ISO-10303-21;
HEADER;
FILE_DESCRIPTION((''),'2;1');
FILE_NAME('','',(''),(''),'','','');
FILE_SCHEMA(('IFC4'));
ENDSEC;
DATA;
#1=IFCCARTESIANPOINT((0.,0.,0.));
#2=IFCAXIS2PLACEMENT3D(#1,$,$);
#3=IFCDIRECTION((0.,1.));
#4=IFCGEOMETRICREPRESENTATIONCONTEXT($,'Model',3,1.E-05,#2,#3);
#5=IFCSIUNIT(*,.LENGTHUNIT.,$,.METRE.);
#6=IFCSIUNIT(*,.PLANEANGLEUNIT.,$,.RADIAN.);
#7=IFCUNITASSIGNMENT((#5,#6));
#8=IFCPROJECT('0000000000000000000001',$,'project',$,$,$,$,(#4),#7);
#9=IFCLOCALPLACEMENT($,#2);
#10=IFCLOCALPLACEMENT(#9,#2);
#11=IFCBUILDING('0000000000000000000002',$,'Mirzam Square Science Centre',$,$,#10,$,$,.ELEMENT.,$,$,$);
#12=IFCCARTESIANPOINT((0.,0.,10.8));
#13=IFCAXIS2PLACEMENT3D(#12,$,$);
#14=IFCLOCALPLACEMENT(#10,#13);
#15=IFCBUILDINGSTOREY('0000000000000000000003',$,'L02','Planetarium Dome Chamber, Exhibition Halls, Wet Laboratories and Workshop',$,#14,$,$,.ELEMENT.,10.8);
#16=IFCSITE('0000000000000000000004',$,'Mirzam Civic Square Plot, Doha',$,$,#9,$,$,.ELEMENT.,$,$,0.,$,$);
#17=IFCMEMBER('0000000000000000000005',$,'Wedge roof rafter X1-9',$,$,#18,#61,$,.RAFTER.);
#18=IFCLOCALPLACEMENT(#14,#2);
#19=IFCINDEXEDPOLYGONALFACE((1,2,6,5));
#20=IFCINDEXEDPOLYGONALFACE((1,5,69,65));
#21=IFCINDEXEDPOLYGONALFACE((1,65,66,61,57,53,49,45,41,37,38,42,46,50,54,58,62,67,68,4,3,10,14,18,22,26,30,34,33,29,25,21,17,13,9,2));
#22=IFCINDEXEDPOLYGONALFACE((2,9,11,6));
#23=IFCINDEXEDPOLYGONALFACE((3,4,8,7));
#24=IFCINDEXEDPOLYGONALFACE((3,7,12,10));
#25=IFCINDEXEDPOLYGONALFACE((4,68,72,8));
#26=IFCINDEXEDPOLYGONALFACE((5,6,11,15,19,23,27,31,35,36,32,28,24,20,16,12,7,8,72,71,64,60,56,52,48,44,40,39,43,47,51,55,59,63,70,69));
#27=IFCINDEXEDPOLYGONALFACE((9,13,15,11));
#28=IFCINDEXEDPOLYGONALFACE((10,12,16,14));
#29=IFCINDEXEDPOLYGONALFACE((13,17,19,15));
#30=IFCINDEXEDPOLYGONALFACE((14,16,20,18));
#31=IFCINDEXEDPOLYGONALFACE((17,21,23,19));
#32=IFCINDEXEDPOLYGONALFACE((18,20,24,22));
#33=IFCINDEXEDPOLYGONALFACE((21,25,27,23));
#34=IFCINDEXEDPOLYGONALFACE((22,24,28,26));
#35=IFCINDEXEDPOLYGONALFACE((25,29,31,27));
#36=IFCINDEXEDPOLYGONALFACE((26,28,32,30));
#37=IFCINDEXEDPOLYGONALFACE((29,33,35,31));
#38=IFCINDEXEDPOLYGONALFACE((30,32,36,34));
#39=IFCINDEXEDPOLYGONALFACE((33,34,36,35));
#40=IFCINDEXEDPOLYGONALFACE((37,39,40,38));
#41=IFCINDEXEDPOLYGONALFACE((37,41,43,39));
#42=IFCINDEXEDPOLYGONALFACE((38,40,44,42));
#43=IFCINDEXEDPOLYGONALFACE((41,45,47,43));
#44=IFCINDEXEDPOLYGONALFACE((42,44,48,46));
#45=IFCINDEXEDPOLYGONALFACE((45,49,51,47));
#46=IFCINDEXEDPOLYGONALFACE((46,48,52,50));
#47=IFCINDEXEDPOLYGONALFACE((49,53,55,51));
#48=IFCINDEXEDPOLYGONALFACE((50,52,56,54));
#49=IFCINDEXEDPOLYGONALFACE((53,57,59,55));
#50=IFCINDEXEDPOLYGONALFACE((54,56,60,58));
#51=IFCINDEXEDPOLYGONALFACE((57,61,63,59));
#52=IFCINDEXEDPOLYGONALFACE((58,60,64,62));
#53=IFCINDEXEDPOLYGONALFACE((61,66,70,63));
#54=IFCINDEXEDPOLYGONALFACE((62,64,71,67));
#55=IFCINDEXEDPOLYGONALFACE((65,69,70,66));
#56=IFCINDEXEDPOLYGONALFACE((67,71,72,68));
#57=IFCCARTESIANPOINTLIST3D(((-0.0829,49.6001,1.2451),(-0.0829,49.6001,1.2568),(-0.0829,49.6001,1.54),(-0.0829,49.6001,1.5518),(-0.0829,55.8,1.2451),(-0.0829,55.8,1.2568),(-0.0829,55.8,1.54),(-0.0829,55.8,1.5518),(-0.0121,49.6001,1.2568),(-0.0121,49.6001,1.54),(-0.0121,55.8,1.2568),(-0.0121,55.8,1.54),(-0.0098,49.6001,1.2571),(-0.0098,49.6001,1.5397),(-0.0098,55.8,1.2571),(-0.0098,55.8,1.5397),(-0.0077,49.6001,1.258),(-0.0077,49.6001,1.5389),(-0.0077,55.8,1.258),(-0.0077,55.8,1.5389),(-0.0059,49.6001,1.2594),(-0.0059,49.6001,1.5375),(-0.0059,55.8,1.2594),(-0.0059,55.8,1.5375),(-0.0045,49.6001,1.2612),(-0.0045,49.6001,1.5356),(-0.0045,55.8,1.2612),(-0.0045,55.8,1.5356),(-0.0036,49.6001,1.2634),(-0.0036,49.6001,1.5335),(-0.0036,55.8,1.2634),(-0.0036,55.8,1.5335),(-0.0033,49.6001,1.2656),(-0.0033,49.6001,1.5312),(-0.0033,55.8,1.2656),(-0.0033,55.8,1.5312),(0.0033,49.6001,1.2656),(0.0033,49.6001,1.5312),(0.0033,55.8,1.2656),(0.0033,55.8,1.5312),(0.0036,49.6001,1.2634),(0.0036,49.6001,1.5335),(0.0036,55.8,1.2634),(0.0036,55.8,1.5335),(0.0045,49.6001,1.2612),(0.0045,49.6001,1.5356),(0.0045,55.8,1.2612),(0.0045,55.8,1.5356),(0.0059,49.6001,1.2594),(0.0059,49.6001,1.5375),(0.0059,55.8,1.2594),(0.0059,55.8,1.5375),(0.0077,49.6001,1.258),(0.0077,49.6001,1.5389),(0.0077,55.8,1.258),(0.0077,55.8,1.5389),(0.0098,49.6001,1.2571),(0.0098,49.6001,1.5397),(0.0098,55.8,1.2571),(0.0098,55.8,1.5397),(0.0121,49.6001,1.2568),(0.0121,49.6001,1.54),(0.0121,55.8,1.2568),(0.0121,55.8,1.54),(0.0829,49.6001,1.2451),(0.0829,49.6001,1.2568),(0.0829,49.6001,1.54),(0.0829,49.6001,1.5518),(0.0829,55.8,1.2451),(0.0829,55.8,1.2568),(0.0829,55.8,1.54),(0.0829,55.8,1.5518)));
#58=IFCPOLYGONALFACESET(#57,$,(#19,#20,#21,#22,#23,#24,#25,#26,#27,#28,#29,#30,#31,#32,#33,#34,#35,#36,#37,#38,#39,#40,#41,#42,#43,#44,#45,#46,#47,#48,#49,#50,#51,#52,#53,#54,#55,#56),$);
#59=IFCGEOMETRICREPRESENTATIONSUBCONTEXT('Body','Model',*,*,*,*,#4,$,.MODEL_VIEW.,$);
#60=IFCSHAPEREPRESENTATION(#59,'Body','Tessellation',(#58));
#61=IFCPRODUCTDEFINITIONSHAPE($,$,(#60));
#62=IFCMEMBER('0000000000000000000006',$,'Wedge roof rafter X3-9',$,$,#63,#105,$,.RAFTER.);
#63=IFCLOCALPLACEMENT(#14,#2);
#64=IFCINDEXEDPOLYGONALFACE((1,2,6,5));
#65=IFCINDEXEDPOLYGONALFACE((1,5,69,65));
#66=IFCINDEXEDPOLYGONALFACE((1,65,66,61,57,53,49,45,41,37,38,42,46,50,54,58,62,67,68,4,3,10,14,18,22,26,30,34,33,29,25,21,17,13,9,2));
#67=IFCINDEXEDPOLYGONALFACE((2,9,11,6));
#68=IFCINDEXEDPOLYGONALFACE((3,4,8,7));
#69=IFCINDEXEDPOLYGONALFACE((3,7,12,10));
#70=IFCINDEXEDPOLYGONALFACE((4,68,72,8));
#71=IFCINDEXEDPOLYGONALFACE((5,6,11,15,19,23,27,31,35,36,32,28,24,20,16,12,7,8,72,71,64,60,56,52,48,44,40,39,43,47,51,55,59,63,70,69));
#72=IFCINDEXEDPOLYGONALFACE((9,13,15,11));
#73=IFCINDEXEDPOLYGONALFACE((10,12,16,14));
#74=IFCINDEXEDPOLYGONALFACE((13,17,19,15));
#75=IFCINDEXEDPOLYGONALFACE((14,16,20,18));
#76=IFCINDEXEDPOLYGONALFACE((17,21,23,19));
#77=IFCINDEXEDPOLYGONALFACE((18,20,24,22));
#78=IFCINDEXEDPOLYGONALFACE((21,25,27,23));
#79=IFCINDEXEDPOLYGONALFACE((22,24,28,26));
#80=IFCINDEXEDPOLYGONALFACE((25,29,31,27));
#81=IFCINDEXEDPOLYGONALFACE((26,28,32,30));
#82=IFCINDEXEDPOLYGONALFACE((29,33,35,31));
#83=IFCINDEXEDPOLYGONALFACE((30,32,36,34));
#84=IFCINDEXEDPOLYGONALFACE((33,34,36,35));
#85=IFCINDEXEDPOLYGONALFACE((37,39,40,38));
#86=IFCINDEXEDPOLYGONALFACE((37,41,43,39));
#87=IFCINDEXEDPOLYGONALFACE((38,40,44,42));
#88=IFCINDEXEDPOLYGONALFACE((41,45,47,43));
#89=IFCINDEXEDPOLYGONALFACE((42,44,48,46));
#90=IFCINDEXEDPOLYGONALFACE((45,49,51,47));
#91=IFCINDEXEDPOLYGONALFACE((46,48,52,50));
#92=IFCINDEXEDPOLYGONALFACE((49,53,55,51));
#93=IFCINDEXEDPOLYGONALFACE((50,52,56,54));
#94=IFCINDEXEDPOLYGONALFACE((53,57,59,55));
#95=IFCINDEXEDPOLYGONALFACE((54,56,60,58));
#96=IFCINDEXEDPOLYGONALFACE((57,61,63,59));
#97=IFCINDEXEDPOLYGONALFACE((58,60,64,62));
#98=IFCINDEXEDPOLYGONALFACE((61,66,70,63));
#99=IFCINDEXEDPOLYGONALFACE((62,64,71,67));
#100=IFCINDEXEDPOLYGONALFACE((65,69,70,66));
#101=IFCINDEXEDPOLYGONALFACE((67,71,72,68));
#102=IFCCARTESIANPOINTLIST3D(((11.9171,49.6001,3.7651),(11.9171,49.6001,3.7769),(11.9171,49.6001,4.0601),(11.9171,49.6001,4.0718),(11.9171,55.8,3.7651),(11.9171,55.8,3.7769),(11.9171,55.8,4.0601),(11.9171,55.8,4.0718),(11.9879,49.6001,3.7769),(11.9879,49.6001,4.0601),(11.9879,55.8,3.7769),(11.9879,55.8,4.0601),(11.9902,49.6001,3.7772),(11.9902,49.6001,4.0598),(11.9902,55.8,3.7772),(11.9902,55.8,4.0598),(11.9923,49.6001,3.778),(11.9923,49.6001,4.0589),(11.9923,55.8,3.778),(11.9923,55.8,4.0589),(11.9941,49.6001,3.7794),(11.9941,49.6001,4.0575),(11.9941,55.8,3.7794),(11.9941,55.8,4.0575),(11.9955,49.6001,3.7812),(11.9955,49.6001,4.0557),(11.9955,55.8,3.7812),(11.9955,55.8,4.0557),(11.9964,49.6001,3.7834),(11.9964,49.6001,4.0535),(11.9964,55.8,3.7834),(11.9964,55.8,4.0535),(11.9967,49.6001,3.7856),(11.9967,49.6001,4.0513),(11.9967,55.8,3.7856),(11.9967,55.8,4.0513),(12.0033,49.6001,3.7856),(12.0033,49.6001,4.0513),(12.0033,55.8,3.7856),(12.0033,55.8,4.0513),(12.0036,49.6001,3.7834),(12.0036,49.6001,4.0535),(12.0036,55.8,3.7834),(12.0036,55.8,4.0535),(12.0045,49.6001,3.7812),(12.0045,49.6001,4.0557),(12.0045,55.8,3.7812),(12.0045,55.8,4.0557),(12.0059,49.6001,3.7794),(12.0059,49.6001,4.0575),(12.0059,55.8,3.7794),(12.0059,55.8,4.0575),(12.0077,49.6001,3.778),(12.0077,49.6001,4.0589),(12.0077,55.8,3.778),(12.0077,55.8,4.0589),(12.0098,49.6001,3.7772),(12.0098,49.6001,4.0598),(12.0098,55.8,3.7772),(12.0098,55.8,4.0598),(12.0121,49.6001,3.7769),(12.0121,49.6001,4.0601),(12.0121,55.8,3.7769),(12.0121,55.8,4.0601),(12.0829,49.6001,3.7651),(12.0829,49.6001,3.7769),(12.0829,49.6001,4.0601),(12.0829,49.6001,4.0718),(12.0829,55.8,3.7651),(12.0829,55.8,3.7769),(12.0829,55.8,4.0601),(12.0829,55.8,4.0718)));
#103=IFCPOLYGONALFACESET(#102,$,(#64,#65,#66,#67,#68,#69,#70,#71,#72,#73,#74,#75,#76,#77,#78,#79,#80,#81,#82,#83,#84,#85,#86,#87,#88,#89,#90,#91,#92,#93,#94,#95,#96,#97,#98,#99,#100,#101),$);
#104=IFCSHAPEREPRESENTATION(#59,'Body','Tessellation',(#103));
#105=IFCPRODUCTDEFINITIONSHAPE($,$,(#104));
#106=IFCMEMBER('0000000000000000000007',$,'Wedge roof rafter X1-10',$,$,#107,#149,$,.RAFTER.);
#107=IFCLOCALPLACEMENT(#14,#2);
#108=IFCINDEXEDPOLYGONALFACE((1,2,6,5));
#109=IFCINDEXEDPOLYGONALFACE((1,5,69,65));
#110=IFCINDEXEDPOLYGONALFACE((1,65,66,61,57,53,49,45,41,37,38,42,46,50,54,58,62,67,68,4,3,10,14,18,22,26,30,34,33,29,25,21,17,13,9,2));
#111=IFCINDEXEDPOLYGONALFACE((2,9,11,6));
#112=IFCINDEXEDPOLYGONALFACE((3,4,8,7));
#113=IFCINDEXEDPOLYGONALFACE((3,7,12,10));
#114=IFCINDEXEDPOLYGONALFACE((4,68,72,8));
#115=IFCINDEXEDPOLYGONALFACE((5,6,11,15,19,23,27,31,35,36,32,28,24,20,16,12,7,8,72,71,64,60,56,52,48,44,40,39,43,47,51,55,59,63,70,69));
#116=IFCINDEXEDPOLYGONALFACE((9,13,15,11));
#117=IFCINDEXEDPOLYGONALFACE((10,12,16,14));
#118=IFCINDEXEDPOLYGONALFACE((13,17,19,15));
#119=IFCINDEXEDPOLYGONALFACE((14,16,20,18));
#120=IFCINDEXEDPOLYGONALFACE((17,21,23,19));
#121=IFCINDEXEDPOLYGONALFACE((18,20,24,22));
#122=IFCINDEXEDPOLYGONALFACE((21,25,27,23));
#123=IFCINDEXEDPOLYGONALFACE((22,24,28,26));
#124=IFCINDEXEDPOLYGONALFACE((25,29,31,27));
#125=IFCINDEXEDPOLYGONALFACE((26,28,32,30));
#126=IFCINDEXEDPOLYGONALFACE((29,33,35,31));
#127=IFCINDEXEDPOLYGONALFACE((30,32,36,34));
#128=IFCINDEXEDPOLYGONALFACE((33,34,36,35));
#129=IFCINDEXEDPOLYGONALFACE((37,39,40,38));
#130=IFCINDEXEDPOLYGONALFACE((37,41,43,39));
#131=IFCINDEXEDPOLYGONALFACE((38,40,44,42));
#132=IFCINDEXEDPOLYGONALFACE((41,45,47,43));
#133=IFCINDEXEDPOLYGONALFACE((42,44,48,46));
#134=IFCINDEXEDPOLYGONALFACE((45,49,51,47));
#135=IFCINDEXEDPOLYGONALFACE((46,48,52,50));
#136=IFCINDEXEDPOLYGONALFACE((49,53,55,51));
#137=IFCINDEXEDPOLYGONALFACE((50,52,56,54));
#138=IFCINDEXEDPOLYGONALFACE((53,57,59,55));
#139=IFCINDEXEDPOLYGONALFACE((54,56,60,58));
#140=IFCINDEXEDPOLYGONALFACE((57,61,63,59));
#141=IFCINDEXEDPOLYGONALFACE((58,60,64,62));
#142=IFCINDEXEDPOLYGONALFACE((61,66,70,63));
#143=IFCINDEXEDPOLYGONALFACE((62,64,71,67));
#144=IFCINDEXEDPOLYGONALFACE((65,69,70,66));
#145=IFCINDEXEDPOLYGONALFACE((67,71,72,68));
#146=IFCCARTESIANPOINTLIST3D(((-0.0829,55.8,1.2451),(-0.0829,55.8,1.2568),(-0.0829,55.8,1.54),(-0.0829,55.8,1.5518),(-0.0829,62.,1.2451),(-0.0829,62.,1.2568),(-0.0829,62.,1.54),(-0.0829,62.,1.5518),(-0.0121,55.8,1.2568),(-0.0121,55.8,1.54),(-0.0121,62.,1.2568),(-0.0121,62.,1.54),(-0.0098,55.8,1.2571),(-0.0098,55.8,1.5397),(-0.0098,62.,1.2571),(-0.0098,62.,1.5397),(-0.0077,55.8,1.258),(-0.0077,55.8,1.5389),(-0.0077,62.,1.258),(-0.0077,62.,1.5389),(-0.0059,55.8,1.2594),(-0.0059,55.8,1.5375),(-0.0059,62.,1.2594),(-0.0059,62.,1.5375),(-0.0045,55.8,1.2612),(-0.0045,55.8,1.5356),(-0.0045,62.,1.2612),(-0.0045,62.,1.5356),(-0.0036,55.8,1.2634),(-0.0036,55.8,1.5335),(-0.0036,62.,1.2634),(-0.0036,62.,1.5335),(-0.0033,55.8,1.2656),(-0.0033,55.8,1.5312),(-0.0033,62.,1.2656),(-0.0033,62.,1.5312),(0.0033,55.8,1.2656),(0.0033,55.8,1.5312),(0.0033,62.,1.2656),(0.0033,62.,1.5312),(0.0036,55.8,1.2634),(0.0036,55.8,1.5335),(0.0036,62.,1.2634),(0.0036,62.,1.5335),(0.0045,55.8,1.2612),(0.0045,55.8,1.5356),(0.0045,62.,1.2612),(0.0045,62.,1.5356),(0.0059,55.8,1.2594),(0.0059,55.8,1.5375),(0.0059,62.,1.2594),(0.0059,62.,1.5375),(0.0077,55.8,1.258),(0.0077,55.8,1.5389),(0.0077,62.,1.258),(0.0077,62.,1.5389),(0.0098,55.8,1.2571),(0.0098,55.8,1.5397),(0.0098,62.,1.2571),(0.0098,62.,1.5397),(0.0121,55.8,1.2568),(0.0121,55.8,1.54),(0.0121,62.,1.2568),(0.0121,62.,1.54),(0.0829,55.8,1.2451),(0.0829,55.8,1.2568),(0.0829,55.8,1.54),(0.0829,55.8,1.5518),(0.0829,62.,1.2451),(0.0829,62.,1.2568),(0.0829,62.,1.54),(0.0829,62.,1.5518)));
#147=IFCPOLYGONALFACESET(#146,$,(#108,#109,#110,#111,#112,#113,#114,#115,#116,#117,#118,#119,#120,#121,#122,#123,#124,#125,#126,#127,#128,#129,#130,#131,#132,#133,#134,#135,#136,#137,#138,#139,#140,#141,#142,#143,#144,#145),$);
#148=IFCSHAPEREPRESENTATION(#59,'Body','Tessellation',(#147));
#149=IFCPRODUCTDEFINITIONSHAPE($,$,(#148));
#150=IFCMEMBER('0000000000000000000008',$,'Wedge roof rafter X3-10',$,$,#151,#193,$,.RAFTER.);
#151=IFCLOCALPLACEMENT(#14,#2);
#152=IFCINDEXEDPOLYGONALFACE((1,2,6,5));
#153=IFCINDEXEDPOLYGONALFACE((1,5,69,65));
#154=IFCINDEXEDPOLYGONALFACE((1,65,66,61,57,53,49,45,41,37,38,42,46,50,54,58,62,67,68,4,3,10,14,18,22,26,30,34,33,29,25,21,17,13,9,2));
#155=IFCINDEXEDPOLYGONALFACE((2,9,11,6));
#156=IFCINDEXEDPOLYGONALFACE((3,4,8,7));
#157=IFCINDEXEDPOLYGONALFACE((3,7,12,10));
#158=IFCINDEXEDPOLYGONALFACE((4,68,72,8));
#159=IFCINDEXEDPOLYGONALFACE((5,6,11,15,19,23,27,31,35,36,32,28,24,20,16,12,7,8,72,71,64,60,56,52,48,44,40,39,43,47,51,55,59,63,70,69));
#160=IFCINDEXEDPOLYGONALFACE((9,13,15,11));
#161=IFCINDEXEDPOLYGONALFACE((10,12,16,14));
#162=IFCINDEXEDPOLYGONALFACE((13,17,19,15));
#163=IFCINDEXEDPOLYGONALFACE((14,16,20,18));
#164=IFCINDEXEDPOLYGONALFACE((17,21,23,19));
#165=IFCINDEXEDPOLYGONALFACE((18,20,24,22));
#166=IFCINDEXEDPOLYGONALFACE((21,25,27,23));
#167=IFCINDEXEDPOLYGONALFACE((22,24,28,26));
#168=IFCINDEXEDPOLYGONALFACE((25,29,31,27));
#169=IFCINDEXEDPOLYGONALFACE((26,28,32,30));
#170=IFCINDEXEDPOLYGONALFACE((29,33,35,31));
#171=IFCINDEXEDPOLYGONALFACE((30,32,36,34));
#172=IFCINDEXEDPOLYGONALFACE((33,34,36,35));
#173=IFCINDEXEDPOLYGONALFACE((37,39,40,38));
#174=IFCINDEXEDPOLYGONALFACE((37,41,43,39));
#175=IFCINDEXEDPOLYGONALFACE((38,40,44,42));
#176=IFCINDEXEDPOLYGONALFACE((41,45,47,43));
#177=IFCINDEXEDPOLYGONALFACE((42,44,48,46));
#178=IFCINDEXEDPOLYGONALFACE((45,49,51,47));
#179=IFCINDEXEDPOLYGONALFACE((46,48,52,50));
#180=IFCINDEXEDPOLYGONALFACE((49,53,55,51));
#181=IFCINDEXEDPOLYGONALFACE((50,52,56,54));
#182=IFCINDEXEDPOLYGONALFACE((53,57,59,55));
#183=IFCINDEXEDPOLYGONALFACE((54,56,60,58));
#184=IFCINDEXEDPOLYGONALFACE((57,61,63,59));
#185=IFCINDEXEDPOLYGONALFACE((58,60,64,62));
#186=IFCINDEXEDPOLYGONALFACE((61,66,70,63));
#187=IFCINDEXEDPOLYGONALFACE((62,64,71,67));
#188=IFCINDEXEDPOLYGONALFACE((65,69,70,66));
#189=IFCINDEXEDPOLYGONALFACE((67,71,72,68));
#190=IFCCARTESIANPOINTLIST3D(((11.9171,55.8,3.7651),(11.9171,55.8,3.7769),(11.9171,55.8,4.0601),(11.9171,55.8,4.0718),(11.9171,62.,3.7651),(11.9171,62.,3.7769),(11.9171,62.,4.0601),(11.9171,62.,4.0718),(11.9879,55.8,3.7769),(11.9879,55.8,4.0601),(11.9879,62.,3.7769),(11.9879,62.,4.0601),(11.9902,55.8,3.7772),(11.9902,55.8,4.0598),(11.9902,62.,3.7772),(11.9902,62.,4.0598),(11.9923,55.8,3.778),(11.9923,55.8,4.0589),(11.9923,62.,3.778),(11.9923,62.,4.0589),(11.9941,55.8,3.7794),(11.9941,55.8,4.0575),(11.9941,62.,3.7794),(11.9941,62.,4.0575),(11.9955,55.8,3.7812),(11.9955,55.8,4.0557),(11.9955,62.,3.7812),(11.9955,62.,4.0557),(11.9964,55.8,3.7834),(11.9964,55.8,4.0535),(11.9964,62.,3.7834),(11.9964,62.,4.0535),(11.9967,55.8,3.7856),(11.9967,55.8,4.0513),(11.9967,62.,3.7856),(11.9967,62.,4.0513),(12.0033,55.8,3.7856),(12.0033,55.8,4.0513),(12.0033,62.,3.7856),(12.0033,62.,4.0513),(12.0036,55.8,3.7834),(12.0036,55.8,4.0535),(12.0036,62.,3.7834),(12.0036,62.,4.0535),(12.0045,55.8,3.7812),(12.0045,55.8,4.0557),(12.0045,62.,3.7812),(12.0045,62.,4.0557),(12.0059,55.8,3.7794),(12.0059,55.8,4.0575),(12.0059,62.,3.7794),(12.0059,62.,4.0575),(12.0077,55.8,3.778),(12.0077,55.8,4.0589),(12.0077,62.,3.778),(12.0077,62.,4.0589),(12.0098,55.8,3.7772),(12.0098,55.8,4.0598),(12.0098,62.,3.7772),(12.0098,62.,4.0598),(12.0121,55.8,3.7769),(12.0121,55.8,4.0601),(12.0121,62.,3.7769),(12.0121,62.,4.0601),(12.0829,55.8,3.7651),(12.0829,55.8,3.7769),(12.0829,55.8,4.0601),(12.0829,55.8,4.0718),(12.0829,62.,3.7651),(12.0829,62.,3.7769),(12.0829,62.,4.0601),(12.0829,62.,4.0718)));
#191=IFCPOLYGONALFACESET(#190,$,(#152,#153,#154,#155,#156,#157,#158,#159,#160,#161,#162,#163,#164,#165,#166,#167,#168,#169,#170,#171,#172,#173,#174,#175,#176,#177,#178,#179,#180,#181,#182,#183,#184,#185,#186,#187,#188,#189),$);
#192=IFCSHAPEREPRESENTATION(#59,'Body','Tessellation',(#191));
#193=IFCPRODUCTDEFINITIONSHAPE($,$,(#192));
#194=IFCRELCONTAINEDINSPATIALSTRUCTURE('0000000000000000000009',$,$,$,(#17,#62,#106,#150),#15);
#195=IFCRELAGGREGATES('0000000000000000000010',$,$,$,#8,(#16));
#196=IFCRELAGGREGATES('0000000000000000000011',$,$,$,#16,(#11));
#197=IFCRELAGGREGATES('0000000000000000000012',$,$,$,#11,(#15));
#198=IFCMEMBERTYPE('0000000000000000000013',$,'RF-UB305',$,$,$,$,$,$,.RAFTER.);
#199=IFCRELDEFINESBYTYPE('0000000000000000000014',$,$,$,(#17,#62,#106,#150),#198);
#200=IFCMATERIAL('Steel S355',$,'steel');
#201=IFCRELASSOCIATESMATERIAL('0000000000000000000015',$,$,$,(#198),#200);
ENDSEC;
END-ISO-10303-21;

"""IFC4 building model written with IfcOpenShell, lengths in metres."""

from ifc_helpers import new_model, si_unit, direction, frame, origin, origin_2d, place, context, subcontext, project, spatial, i_section, extrude, material, material_profile, profile_set, type_object, element, save


model = new_model("IFC4")

# Units and contexts
model_context = context("Model", 3, precision=1e-05, world=origin(), true_north=direction((0.0, 1.0)))
body_context = subcontext(model_context, "Body", "Model", "MODEL_VIEW")
ifc_project = project(units=[si_unit("LENGTHUNIT", "METRE"), si_unit("PLANEANGLEUNIT", "RADIAN")], contexts=[model_context])

# Site, building, storey
site_placement = place(None, origin())
site = spatial("IfcSite", under=ifc_project, at=site_placement, Name="Mirzam Civic Square Plot, Doha", CompositionType="ELEMENT", RefElevation=0.0)
building_placement = place(site_placement, origin())
building = spatial("IfcBuilding", under=site, at=building_placement, Name="Mirzam Square Science Centre", CompositionType="ELEMENT")
storey_placement = place(building_placement, frame((0.0, 0.0, 10.8)))
storey = spatial("IfcBuildingStorey", under=building, at=storey_placement, Name="L02", Description="Planetarium Dome Chamber, Exhibition Halls, Wet Laboratories and Workshop", CompositionType="ELEMENT", Elevation=10.8)

# Shared definitions
ifc_material_1 = material(Name="Steel S355", Category="steel")

# Members
ifc_material_profile_1 = material_profile(ifc_material_1, i_section(OverallWidth=0.1658, OverallDepth=0.3066, WebThickness=0.0066, FlangeThickness=0.0117, FilletRadius=0.0088, at=origin_2d()), Name="305x165x46UB")
ifc_profile_set_1 = profile_set([ifc_material_profile_1], Name="Steel S355")
member_type_1 = type_object("IfcMemberType", Name="RF-UB305", PredefinedType="RAFTER", material=ifc_profile_set_1)
for number, where, z_axis, x_axis, name in (
    (1, (0.0, 49.6001, 1.3984), (0.0, 1.0, 0.0), (-1.0, 0.0, 0.0), "Wedge roof rafter X1-9"),
    (2, (12.0, 49.6001, 3.9185), (0.0, 1.0, 0.0), (-1.0, 0.0, 0.0), "Wedge roof rafter X3-9"),
    (3, (0.0, 55.8, 1.3984), (0.0, 1.0, 0.0), (-1.0, 0.0, 0.0), "Wedge roof rafter X1-10"),
    (4, (12.0, 55.8, 3.9185), (0.0, 1.0, 0.0), (-1.0, 0.0, 0.0), "Wedge roof rafter X3-10"),
):
    element("IfcMember", number, at=place(storey_placement, frame(where, z_axis=z_axis, x_axis=x_axis)), inside=storey, type_object=member_type_1, Name=name, PredefinedType="RAFTER", context=body_context, shape_type="SweptSolid", body=[
        extrude(i_section(OverallWidth=0.1658, OverallDepth=0.3066, WebThickness=0.0066, FlangeThickness=0.0117, FilletRadius=0.0088, at=origin_2d()), origin(), (0.0, 0.0, 1.0), 6.2),
    ])

save(model, "model.ifc")
